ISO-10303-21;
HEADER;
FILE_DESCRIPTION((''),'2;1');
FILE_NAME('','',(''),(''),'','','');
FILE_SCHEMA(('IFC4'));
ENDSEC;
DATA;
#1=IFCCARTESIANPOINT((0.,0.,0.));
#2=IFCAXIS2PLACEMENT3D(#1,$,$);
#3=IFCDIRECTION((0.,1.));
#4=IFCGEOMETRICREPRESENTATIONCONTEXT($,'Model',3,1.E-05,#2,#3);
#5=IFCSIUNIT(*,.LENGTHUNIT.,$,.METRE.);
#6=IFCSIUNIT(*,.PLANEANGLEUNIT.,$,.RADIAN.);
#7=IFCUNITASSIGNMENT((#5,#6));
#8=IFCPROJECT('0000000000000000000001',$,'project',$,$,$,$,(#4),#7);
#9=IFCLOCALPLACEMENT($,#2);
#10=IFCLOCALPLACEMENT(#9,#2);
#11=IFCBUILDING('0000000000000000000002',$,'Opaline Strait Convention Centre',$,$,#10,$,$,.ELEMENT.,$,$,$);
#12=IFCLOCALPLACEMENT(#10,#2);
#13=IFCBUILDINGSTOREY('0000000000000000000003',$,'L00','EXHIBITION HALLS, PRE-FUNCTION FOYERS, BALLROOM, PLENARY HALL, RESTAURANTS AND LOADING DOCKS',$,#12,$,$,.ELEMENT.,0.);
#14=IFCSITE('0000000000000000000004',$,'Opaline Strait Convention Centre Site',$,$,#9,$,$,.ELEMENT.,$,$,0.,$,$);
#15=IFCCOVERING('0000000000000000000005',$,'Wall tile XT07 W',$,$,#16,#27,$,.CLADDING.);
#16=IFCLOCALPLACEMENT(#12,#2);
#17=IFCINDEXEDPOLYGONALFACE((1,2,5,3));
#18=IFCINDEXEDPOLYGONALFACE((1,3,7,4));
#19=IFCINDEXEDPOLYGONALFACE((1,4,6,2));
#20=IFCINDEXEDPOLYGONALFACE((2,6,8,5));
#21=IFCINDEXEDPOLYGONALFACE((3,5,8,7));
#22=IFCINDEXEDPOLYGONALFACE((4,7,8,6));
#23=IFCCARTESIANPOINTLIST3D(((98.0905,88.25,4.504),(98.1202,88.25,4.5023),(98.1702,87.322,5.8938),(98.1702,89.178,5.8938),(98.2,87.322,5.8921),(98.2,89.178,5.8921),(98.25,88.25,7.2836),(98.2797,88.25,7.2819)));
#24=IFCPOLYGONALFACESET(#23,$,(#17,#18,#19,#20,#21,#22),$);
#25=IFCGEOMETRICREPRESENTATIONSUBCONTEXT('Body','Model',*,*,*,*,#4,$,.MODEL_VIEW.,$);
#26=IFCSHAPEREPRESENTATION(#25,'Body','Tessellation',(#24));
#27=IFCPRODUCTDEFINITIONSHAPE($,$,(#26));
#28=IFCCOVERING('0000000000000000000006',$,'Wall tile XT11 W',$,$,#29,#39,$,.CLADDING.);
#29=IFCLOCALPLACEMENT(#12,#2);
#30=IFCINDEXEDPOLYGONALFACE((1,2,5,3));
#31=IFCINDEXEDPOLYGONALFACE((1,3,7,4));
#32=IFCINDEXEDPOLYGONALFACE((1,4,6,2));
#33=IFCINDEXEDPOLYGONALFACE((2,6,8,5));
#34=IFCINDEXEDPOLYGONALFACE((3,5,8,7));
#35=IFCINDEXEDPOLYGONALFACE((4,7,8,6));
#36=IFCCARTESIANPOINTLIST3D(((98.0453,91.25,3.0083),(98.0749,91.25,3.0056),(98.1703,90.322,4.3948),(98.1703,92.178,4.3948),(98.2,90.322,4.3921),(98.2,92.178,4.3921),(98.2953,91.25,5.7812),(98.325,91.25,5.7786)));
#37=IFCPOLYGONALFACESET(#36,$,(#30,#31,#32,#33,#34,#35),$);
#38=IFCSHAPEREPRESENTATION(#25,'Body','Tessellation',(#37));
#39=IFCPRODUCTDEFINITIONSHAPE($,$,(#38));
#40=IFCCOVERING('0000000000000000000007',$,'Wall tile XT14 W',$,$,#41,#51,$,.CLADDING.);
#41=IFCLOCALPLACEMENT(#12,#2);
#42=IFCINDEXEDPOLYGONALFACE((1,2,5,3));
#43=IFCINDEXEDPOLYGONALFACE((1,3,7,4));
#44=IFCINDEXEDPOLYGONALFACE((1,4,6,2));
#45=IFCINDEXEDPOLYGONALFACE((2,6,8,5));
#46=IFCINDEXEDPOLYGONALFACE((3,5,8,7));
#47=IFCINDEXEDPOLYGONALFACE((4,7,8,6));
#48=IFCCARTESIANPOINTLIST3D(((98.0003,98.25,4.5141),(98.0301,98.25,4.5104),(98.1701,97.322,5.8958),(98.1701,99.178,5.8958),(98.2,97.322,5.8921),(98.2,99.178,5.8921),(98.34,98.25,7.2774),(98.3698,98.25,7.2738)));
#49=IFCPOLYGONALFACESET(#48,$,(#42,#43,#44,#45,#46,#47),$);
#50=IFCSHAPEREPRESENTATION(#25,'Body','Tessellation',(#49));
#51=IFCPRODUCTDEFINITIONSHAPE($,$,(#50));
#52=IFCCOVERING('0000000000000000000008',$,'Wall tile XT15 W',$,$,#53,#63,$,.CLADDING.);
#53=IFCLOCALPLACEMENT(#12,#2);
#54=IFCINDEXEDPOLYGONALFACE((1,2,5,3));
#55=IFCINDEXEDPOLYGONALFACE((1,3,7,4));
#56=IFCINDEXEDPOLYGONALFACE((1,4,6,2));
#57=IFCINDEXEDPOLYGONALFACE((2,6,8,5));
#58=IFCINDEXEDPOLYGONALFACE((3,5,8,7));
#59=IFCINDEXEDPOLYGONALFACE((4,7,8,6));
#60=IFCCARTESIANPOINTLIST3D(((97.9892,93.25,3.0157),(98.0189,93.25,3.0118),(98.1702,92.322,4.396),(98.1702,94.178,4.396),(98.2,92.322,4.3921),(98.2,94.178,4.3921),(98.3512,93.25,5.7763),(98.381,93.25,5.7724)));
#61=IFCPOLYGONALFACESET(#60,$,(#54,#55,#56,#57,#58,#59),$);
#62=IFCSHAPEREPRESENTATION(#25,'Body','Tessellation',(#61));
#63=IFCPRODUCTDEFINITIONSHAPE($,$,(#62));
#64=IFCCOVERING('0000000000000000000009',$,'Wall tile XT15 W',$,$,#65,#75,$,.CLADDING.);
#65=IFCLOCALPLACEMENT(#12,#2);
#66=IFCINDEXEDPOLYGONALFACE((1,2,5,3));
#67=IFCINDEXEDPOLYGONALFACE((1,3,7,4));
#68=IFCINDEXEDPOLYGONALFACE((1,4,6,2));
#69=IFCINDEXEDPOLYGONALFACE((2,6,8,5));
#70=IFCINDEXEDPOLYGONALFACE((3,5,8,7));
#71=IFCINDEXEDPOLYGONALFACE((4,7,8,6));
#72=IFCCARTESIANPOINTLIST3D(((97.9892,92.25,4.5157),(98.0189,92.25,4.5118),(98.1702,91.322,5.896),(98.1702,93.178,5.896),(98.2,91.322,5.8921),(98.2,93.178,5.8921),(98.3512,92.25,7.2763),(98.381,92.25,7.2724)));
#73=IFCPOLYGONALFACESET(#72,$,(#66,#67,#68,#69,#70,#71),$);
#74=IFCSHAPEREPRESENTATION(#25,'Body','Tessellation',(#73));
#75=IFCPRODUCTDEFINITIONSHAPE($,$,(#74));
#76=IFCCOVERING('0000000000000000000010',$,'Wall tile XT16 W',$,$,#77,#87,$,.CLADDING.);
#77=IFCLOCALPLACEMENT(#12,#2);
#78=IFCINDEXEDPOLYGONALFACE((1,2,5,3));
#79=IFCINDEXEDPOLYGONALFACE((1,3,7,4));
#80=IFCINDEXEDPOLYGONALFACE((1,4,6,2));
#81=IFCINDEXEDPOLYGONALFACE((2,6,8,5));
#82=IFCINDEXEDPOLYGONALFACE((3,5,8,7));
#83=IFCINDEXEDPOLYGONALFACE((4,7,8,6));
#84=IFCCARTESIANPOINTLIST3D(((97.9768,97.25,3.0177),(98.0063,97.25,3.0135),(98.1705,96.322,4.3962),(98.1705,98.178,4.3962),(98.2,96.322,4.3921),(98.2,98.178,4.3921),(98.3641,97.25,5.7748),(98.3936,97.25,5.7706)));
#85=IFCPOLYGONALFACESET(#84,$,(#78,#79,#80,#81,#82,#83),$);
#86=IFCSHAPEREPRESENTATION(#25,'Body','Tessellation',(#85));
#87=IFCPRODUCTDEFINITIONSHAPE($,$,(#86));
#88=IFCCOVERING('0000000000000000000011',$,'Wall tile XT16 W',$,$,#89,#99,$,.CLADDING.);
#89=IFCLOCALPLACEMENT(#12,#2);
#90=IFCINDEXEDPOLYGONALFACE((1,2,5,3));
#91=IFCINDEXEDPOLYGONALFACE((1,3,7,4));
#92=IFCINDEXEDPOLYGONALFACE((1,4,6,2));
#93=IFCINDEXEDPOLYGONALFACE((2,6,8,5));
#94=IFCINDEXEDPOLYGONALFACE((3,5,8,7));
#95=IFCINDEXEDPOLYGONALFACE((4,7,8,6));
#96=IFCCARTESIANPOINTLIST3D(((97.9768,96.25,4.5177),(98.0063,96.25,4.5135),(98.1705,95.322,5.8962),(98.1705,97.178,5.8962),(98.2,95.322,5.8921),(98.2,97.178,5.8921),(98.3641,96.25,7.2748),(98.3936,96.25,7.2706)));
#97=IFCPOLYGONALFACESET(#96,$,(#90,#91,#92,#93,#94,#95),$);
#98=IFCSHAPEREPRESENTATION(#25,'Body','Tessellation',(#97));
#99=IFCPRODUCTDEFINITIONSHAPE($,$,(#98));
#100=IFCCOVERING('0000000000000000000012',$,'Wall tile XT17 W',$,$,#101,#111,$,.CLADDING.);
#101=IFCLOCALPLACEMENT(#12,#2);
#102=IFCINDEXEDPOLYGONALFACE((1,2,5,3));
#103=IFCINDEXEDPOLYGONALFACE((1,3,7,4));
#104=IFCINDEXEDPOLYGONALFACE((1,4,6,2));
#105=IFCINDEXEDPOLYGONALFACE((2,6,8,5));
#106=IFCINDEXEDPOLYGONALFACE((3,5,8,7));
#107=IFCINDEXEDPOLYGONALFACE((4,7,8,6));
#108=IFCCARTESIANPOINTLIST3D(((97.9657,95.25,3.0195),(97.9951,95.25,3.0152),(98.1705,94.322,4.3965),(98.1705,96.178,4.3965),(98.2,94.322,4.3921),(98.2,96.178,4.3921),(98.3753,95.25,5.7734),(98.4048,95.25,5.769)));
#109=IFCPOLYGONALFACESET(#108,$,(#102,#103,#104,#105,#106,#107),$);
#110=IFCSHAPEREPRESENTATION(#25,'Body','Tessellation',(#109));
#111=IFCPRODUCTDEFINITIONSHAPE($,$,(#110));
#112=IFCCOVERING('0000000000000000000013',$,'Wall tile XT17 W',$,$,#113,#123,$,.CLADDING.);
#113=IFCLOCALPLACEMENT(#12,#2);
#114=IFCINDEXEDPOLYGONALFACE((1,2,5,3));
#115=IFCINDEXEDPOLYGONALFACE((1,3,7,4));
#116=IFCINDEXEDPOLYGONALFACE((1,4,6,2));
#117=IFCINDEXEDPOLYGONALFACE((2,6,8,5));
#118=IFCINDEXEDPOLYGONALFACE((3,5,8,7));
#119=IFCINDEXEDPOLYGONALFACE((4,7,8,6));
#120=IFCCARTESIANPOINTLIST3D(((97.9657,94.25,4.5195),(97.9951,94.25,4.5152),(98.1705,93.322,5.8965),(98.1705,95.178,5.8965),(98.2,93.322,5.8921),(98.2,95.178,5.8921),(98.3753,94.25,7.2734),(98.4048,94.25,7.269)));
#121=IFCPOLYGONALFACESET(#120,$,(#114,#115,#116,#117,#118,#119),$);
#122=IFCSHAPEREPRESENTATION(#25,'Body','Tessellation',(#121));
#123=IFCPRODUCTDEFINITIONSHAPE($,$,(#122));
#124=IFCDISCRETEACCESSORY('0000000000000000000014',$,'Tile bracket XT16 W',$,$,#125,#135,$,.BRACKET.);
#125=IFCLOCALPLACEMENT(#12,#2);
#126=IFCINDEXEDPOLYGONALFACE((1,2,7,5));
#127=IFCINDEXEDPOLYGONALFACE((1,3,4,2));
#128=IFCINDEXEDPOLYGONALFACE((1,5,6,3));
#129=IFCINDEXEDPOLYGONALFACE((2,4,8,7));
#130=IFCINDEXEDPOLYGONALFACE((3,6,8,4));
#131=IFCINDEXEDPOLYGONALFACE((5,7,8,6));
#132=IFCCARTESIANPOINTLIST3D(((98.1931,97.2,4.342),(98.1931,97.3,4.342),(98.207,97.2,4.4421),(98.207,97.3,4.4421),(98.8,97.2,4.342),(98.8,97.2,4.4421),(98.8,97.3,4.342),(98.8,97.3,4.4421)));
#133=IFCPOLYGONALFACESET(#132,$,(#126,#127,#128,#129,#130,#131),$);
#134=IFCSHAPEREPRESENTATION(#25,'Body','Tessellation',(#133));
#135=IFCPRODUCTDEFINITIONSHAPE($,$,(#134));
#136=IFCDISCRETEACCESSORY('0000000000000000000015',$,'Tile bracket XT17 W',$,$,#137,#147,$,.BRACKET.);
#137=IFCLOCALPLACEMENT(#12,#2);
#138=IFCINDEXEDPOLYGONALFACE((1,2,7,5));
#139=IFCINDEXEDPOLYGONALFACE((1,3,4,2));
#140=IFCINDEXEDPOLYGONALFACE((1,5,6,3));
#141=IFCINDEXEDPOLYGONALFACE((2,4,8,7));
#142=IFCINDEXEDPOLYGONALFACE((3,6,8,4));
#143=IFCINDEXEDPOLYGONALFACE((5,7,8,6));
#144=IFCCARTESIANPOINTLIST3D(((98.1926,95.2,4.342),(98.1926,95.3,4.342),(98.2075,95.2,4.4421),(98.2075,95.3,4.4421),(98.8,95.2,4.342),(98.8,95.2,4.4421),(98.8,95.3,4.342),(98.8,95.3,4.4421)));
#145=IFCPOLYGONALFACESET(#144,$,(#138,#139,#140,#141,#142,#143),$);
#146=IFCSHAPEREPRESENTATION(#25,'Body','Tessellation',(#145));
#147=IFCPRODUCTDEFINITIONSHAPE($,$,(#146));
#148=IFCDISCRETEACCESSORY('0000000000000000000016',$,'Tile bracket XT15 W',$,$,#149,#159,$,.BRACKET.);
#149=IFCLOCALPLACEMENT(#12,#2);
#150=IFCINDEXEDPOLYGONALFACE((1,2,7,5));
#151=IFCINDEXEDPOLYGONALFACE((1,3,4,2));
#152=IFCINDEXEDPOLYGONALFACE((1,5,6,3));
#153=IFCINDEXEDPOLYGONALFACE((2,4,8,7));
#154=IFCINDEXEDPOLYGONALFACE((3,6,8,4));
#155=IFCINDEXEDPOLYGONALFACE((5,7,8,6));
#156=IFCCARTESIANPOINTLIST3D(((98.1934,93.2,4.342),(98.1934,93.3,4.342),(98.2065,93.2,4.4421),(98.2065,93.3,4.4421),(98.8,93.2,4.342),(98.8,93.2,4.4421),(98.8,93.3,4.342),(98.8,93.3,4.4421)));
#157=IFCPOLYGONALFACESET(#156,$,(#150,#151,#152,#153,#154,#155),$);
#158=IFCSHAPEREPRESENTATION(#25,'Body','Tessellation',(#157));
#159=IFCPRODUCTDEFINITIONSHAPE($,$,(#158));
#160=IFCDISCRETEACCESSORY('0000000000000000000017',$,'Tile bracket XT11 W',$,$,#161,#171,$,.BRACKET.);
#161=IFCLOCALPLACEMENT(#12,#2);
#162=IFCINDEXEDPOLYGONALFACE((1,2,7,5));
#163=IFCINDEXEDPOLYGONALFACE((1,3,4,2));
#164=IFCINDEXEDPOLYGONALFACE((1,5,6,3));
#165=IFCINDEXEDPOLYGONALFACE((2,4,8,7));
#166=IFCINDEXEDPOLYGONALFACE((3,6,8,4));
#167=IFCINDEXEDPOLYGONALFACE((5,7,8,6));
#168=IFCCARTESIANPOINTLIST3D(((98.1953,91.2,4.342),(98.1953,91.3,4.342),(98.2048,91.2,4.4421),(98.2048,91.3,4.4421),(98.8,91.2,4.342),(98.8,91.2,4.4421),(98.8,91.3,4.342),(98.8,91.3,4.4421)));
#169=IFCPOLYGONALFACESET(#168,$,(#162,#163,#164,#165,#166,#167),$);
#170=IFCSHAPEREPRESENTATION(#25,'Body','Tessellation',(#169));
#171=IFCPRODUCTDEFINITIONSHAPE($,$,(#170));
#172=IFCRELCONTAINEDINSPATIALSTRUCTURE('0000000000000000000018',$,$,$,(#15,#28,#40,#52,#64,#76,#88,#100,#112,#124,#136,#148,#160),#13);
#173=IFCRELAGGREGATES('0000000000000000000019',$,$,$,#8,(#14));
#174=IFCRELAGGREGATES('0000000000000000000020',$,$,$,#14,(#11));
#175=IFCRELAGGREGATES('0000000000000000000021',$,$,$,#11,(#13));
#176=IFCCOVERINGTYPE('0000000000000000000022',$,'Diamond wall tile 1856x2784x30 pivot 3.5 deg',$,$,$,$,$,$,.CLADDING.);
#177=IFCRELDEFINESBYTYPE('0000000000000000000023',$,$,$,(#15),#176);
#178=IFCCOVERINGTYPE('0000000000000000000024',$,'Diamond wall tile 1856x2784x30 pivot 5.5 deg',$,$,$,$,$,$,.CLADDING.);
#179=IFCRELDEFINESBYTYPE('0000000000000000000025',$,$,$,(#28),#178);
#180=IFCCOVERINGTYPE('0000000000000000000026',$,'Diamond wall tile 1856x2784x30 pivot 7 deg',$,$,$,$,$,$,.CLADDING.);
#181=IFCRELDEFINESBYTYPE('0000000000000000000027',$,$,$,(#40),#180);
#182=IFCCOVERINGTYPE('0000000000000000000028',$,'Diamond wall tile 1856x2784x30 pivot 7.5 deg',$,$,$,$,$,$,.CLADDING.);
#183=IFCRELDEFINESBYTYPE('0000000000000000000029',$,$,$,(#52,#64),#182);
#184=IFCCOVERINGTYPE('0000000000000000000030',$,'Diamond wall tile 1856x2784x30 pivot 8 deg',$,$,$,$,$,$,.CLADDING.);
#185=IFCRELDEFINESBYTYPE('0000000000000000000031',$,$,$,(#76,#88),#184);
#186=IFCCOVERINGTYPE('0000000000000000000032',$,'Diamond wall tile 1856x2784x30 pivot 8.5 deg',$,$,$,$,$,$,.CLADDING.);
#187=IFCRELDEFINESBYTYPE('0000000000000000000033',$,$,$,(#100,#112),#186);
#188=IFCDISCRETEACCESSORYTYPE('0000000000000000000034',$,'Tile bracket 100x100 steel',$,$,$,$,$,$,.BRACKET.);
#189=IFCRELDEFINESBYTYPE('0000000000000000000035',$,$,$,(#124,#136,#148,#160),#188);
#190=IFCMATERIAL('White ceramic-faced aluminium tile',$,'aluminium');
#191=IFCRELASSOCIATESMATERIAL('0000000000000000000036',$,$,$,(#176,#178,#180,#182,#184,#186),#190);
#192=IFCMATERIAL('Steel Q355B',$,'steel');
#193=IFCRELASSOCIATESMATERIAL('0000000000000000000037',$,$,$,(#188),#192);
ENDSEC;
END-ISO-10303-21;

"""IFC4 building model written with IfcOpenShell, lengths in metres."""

from ifc_helpers import new_model, si_unit, direction, frame, origin, place, context, subcontext, project, spatial, polyline, outline, extrude, material, material_profile, profile_set, type_object, element, save


model = new_model("IFC4")

# Units and contexts
model_context = context("Model", 3, precision=1e-05, world=origin(), true_north=direction((0.0, 1.0)))
body_context = subcontext(model_context, "Body", "Model", "MODEL_VIEW")
ifc_project = project(units=[si_unit("LENGTHUNIT", "METRE"), si_unit("PLANEANGLEUNIT", "RADIAN")], contexts=[model_context])

# Site, building, storey
site_placement = place(None, origin())
site = spatial("IfcSite", under=ifc_project, at=site_placement, Name="Opaline Strait Convention Centre Site", CompositionType="ELEMENT", RefElevation=0.0)
building_placement = place(site_placement, origin())
building = spatial("IfcBuilding", under=site, at=building_placement, Name="Opaline Strait Convention Centre", CompositionType="ELEMENT")
storey_placement = place(building_placement, origin())
storey = spatial("IfcBuildingStorey", under=building, at=storey_placement, Name="L00", Description="EXHIBITION HALLS, PRE-FUNCTION FOYERS, BALLROOM, PLENARY HALL, RESTAURANTS AND LOADING DOCKS", CompositionType="ELEMENT", Elevation=0.0)

# Shared definitions
ifc_material_1 = material(Name="Steel Q355B", Category="steel")

# Coverings
ifc_material_2 = material(Name="White ceramic-faced aluminium tile", Category="aluminium")
ifc_material_profile_1 = material_profile(ifc_material_2, outline(polyline([(0.928, 0.0), (0.0, 1.3921), (-0.928, 0.0), (0.0, -1.3921), (0.928, 0.0)])), Name="Diamond tile 1856x2784")
ifc_profile_set_1 = profile_set([ifc_material_profile_1], Name="White ceramic-faced aluminium tile")
covering_type_1 = type_object("IfcCoveringType", Name="Diamond wall tile 1856x2784x30 pivot 3.5 deg", PredefinedType="CLADDING", material=ifc_profile_set_1)
for number, where, z_axis, x_axis, name in (
    (1, (98.2, 88.25, 5.8921), (-0.998358, 0.0, 0.057283), (0.0, -1.0, 0.0), "Wall tile XT07 W"),
):
    element("IfcCovering", number, at=place(storey_placement, frame(where, z_axis=z_axis, x_axis=x_axis)), inside=storey, type_object=covering_type_1, Name=name, PredefinedType="CLADDING", context=body_context, shape_type="SweptSolid", body=[
        extrude(outline(polyline([(0.928, 0.0), (0.0, 1.3921), (-0.928, 0.0), (0.0, -1.3921), (0.928, 0.0)])), origin(), (0.0, 0.0, 1.0), 0.0298),
    ])
ifc_material_profile_2 = material_profile(ifc_material_2, outline(polyline([(0.928, 0.0), (0.0, 1.3921), (-0.928, 0.0), (0.0, -1.3921), (0.928, 0.0)])), Name="Diamond tile 1856x2784")
ifc_profile_set_2 = profile_set([ifc_material_profile_2], Name="White ceramic-faced aluminium tile")
covering_type_2 = type_object("IfcCoveringType", Name="Diamond wall tile 1856x2784x30 pivot 5.5 deg", PredefinedType="CLADDING", material=ifc_profile_set_2)
covering_1_placement = place(storey_placement, frame((98.2, 91.25, 4.3921), z_axis=(-0.99596, 0.0, 0.0898), x_axis=(0.0, -1.0, 0.0)))
element("IfcCovering", 2, at=covering_1_placement, inside=storey, type_object=covering_type_2, Name="Wall tile XT11 W", PredefinedType="CLADDING", context=body_context, shape_type="SweptSolid", body=[
    extrude(outline(polyline([(0.928, 0.0), (0.0, 1.3921), (-0.928, 0.0), (0.0, -1.3921), (0.928, 0.0)])), origin(), (0.0, 0.0, 1.0), 0.0298),
])
ifc_material_profile_3 = material_profile(ifc_material_2, outline(polyline([(0.928, 0.0), (0.0, 1.3921), (-0.928, 0.0), (0.0, -1.3921), (0.928, 0.0)])), Name="Diamond tile 1856x2784")
ifc_profile_set_3 = profile_set([ifc_material_profile_3], Name="White ceramic-faced aluminium tile")
covering_type_3 = type_object("IfcCoveringType", Name="Diamond wall tile 1856x2784x30 pivot 7 deg", PredefinedType="CLADDING", material=ifc_profile_set_3)
covering_2_placement = place(storey_placement, frame((98.2, 98.25, 5.8921), z_axis=(-0.992526, 0.0, 0.122032), x_axis=(0.0, -1.0, 0.0)))
element("IfcCovering", 3, at=covering_2_placement, inside=storey, type_object=covering_type_3, Name="Wall tile XT14 W", PredefinedType="CLADDING", context=body_context, shape_type="SweptSolid", body=[
    extrude(outline(polyline([(0.928, 0.0), (0.0, 1.3921), (-0.928, 0.0), (0.0, -1.3921), (0.928, 0.0)])), origin(), (0.0, 0.0, 1.0), 0.03),
])
ifc_material_profile_4 = material_profile(ifc_material_2, outline(polyline([(0.928, 0.0), (0.0, 1.3921), (-0.928, 0.0), (0.0, -1.3921), (0.928, 0.0)])), Name="Diamond tile 1856x2784")
ifc_profile_set_4 = profile_set([ifc_material_profile_4], Name="White ceramic-faced aluminium tile")
covering_type_4 = type_object("IfcCoveringType", Name="Diamond wall tile 1856x2784x30 pivot 7.5 deg", PredefinedType="CLADDING", material=ifc_profile_set_4)
for number, where, z_axis, x_axis, name in (
    (4, (98.2, 93.25, 4.3921), (-0.99151, 0.0, 0.130034), (0.0, -1.0, 0.0), "Wall tile XT15 W"),
    (5, (98.2, 92.25, 5.8921), (-0.99151, 0.0, 0.130034), (0.0, -1.0, 0.0), "Wall tile XT15 W"),
):
    element("IfcCovering", number, at=place(storey_placement, frame(where, z_axis=z_axis, x_axis=x_axis)), inside=storey, type_object=covering_type_4, Name=name, PredefinedType="CLADDING", context=body_context, shape_type="SweptSolid", body=[
        extrude(outline(polyline([(0.928, 0.0), (0.0, 1.3921), (-0.928, 0.0), (0.0, -1.3921), (0.928, 0.0)])), origin(), (0.0, 0.0, 1.0), 0.03),
    ])
ifc_material_profile_5 = material_profile(ifc_material_2, outline(polyline([(0.928, 0.0), (0.0, 1.3921), (-0.928, 0.0), (0.0, -1.3921), (0.928, 0.0)])), Name="Diamond tile 1856x2784")
ifc_profile_set_5 = profile_set([ifc_material_profile_5], Name="White ceramic-faced aluminium tile")
covering_type_5 = type_object("IfcCoveringType", Name="Diamond wall tile 1856x2784x30 pivot 8 deg", PredefinedType="CLADDING", material=ifc_profile_set_5)
for number, where, z_axis, x_axis, name in (
    (6, (98.2, 97.25, 4.3921), (-0.990274, 0.0, 0.139129), (0.0, -1.0, 0.0), "Wall tile XT16 W"),
    (7, (98.2, 96.25, 5.8921), (-0.990274, 0.0, 0.139129), (0.0, -1.0, 0.0), "Wall tile XT16 W"),
):
    element("IfcCovering", number, at=place(storey_placement, frame(where, z_axis=z_axis, x_axis=x_axis)), inside=storey, type_object=covering_type_5, Name=name, PredefinedType="CLADDING", context=body_context, shape_type="SweptSolid", body=[
        extrude(outline(polyline([(0.928, 0.0), (0.0, 1.3921), (-0.928, 0.0), (0.0, -1.3921), (0.928, 0.0)])), origin(), (0.0, 0.0, 1.0), 0.0298),
    ])
ifc_material_profile_6 = material_profile(ifc_material_2, outline(polyline([(0.928, 0.0), (0.0, 1.3921), (-0.928, 0.0), (0.0, -1.3921), (0.928, 0.0)])), Name="Diamond tile 1856x2784")
ifc_profile_set_6 = profile_set([ifc_material_profile_6], Name="White ceramic-faced aluminium tile")
covering_type_6 = type_object("IfcCoveringType", Name="Diamond wall tile 1856x2784x30 pivot 8.5 deg", PredefinedType="CLADDING", material=ifc_profile_set_6)
for number, where, z_axis, x_axis, name in (
    (8, (98.2, 95.25, 4.3921), (-0.989116, 0.0, 0.147141), (0.0, -1.0, 0.0), "Wall tile XT17 W"),
    (9, (98.2, 94.25, 5.8921), (-0.989116, 0.0, 0.147141), (0.0, -1.0, 0.0), "Wall tile XT17 W"),
):
    element("IfcCovering", number, at=place(storey_placement, frame(where, z_axis=z_axis, x_axis=x_axis)), inside=storey, type_object=covering_type_6, Name=name, PredefinedType="CLADDING", context=body_context, shape_type="SweptSolid", body=[
        extrude(outline(polyline([(0.928, 0.0), (0.0, 1.3921), (-0.928, 0.0), (0.0, -1.3921), (0.928, 0.0)])), origin(), (0.0, 0.0, 1.0), 0.0298),
    ])

# Discrete accessories
discrete_accessory_type = type_object("IfcDiscreteAccessoryType", Name="Tile bracket 100x100 steel", PredefinedType="BRACKET", material=ifc_material_1)
discrete_accessory_1_placement = place(storey_placement, frame((98.8, 97.3, 4.3921), z_axis=(0.0, -1.0, 0.0), x_axis=(1.0, 0.0, 0.0)))
element("IfcDiscreteAccessory", 10, at=discrete_accessory_1_placement, inside=storey, type_object=discrete_accessory_type, Name="Tile bracket XT16 W", PredefinedType="BRACKET", context=body_context, shape_type="SweptSolid", body=[
    extrude(outline(polyline([(0.0, -0.05), (0.0, 0.05), (-0.593, 0.05), (-0.6069, -0.05), (0.0, -0.05)])), origin(), (0.0, 0.0, 1.0), 0.1001),
])
discrete_accessory_2_placement = place(storey_placement, frame((98.8, 95.3, 4.3921), z_axis=(0.0, -1.0, 0.0), x_axis=(1.0, 0.0, 0.0)))
element("IfcDiscreteAccessory", 11, at=discrete_accessory_2_placement, inside=storey, type_object=discrete_accessory_type, Name="Tile bracket XT17 W", PredefinedType="BRACKET", context=body_context, shape_type="SweptSolid", body=[
    extrude(outline(polyline([(0.0, -0.05), (0.0, 0.05), (-0.5925, 0.05), (-0.6074, -0.05), (0.0, -0.05)])), origin(), (0.0, 0.0, 1.0), 0.1001),
])
discrete_accessory_3_placement = place(storey_placement, frame((98.8, 93.3, 4.3921), z_axis=(0.0, -1.0, 0.0), x_axis=(1.0, 0.0, 0.0)))
element("IfcDiscreteAccessory", 12, at=discrete_accessory_3_placement, inside=storey, type_object=discrete_accessory_type, Name="Tile bracket XT15 W", PredefinedType="BRACKET", context=body_context, shape_type="SweptSolid", body=[
    extrude(outline(polyline([(0.0, -0.05), (0.0, 0.05), (-0.5935, 0.05), (-0.6067, -0.05), (0.0, -0.05)])), origin(), (0.0, 0.0, 1.0), 0.1001),
])
discrete_accessory_4_placement = place(storey_placement, frame((98.8, 91.3, 4.3921), z_axis=(0.0, -1.0, 0.0), x_axis=(1.0, 0.0, 0.0)))
element("IfcDiscreteAccessory", 13, at=discrete_accessory_4_placement, inside=storey, type_object=discrete_accessory_type, Name="Tile bracket XT11 W", PredefinedType="BRACKET", context=body_context, shape_type="SweptSolid", body=[
    extrude(outline(polyline([(0.0, -0.05), (0.0, 0.05), (-0.5952, 0.05), (-0.6047, -0.05), (0.0, -0.05)])), origin(), (0.0, 0.0, 1.0), 0.1001),
])

save(model, "model.ifc")
